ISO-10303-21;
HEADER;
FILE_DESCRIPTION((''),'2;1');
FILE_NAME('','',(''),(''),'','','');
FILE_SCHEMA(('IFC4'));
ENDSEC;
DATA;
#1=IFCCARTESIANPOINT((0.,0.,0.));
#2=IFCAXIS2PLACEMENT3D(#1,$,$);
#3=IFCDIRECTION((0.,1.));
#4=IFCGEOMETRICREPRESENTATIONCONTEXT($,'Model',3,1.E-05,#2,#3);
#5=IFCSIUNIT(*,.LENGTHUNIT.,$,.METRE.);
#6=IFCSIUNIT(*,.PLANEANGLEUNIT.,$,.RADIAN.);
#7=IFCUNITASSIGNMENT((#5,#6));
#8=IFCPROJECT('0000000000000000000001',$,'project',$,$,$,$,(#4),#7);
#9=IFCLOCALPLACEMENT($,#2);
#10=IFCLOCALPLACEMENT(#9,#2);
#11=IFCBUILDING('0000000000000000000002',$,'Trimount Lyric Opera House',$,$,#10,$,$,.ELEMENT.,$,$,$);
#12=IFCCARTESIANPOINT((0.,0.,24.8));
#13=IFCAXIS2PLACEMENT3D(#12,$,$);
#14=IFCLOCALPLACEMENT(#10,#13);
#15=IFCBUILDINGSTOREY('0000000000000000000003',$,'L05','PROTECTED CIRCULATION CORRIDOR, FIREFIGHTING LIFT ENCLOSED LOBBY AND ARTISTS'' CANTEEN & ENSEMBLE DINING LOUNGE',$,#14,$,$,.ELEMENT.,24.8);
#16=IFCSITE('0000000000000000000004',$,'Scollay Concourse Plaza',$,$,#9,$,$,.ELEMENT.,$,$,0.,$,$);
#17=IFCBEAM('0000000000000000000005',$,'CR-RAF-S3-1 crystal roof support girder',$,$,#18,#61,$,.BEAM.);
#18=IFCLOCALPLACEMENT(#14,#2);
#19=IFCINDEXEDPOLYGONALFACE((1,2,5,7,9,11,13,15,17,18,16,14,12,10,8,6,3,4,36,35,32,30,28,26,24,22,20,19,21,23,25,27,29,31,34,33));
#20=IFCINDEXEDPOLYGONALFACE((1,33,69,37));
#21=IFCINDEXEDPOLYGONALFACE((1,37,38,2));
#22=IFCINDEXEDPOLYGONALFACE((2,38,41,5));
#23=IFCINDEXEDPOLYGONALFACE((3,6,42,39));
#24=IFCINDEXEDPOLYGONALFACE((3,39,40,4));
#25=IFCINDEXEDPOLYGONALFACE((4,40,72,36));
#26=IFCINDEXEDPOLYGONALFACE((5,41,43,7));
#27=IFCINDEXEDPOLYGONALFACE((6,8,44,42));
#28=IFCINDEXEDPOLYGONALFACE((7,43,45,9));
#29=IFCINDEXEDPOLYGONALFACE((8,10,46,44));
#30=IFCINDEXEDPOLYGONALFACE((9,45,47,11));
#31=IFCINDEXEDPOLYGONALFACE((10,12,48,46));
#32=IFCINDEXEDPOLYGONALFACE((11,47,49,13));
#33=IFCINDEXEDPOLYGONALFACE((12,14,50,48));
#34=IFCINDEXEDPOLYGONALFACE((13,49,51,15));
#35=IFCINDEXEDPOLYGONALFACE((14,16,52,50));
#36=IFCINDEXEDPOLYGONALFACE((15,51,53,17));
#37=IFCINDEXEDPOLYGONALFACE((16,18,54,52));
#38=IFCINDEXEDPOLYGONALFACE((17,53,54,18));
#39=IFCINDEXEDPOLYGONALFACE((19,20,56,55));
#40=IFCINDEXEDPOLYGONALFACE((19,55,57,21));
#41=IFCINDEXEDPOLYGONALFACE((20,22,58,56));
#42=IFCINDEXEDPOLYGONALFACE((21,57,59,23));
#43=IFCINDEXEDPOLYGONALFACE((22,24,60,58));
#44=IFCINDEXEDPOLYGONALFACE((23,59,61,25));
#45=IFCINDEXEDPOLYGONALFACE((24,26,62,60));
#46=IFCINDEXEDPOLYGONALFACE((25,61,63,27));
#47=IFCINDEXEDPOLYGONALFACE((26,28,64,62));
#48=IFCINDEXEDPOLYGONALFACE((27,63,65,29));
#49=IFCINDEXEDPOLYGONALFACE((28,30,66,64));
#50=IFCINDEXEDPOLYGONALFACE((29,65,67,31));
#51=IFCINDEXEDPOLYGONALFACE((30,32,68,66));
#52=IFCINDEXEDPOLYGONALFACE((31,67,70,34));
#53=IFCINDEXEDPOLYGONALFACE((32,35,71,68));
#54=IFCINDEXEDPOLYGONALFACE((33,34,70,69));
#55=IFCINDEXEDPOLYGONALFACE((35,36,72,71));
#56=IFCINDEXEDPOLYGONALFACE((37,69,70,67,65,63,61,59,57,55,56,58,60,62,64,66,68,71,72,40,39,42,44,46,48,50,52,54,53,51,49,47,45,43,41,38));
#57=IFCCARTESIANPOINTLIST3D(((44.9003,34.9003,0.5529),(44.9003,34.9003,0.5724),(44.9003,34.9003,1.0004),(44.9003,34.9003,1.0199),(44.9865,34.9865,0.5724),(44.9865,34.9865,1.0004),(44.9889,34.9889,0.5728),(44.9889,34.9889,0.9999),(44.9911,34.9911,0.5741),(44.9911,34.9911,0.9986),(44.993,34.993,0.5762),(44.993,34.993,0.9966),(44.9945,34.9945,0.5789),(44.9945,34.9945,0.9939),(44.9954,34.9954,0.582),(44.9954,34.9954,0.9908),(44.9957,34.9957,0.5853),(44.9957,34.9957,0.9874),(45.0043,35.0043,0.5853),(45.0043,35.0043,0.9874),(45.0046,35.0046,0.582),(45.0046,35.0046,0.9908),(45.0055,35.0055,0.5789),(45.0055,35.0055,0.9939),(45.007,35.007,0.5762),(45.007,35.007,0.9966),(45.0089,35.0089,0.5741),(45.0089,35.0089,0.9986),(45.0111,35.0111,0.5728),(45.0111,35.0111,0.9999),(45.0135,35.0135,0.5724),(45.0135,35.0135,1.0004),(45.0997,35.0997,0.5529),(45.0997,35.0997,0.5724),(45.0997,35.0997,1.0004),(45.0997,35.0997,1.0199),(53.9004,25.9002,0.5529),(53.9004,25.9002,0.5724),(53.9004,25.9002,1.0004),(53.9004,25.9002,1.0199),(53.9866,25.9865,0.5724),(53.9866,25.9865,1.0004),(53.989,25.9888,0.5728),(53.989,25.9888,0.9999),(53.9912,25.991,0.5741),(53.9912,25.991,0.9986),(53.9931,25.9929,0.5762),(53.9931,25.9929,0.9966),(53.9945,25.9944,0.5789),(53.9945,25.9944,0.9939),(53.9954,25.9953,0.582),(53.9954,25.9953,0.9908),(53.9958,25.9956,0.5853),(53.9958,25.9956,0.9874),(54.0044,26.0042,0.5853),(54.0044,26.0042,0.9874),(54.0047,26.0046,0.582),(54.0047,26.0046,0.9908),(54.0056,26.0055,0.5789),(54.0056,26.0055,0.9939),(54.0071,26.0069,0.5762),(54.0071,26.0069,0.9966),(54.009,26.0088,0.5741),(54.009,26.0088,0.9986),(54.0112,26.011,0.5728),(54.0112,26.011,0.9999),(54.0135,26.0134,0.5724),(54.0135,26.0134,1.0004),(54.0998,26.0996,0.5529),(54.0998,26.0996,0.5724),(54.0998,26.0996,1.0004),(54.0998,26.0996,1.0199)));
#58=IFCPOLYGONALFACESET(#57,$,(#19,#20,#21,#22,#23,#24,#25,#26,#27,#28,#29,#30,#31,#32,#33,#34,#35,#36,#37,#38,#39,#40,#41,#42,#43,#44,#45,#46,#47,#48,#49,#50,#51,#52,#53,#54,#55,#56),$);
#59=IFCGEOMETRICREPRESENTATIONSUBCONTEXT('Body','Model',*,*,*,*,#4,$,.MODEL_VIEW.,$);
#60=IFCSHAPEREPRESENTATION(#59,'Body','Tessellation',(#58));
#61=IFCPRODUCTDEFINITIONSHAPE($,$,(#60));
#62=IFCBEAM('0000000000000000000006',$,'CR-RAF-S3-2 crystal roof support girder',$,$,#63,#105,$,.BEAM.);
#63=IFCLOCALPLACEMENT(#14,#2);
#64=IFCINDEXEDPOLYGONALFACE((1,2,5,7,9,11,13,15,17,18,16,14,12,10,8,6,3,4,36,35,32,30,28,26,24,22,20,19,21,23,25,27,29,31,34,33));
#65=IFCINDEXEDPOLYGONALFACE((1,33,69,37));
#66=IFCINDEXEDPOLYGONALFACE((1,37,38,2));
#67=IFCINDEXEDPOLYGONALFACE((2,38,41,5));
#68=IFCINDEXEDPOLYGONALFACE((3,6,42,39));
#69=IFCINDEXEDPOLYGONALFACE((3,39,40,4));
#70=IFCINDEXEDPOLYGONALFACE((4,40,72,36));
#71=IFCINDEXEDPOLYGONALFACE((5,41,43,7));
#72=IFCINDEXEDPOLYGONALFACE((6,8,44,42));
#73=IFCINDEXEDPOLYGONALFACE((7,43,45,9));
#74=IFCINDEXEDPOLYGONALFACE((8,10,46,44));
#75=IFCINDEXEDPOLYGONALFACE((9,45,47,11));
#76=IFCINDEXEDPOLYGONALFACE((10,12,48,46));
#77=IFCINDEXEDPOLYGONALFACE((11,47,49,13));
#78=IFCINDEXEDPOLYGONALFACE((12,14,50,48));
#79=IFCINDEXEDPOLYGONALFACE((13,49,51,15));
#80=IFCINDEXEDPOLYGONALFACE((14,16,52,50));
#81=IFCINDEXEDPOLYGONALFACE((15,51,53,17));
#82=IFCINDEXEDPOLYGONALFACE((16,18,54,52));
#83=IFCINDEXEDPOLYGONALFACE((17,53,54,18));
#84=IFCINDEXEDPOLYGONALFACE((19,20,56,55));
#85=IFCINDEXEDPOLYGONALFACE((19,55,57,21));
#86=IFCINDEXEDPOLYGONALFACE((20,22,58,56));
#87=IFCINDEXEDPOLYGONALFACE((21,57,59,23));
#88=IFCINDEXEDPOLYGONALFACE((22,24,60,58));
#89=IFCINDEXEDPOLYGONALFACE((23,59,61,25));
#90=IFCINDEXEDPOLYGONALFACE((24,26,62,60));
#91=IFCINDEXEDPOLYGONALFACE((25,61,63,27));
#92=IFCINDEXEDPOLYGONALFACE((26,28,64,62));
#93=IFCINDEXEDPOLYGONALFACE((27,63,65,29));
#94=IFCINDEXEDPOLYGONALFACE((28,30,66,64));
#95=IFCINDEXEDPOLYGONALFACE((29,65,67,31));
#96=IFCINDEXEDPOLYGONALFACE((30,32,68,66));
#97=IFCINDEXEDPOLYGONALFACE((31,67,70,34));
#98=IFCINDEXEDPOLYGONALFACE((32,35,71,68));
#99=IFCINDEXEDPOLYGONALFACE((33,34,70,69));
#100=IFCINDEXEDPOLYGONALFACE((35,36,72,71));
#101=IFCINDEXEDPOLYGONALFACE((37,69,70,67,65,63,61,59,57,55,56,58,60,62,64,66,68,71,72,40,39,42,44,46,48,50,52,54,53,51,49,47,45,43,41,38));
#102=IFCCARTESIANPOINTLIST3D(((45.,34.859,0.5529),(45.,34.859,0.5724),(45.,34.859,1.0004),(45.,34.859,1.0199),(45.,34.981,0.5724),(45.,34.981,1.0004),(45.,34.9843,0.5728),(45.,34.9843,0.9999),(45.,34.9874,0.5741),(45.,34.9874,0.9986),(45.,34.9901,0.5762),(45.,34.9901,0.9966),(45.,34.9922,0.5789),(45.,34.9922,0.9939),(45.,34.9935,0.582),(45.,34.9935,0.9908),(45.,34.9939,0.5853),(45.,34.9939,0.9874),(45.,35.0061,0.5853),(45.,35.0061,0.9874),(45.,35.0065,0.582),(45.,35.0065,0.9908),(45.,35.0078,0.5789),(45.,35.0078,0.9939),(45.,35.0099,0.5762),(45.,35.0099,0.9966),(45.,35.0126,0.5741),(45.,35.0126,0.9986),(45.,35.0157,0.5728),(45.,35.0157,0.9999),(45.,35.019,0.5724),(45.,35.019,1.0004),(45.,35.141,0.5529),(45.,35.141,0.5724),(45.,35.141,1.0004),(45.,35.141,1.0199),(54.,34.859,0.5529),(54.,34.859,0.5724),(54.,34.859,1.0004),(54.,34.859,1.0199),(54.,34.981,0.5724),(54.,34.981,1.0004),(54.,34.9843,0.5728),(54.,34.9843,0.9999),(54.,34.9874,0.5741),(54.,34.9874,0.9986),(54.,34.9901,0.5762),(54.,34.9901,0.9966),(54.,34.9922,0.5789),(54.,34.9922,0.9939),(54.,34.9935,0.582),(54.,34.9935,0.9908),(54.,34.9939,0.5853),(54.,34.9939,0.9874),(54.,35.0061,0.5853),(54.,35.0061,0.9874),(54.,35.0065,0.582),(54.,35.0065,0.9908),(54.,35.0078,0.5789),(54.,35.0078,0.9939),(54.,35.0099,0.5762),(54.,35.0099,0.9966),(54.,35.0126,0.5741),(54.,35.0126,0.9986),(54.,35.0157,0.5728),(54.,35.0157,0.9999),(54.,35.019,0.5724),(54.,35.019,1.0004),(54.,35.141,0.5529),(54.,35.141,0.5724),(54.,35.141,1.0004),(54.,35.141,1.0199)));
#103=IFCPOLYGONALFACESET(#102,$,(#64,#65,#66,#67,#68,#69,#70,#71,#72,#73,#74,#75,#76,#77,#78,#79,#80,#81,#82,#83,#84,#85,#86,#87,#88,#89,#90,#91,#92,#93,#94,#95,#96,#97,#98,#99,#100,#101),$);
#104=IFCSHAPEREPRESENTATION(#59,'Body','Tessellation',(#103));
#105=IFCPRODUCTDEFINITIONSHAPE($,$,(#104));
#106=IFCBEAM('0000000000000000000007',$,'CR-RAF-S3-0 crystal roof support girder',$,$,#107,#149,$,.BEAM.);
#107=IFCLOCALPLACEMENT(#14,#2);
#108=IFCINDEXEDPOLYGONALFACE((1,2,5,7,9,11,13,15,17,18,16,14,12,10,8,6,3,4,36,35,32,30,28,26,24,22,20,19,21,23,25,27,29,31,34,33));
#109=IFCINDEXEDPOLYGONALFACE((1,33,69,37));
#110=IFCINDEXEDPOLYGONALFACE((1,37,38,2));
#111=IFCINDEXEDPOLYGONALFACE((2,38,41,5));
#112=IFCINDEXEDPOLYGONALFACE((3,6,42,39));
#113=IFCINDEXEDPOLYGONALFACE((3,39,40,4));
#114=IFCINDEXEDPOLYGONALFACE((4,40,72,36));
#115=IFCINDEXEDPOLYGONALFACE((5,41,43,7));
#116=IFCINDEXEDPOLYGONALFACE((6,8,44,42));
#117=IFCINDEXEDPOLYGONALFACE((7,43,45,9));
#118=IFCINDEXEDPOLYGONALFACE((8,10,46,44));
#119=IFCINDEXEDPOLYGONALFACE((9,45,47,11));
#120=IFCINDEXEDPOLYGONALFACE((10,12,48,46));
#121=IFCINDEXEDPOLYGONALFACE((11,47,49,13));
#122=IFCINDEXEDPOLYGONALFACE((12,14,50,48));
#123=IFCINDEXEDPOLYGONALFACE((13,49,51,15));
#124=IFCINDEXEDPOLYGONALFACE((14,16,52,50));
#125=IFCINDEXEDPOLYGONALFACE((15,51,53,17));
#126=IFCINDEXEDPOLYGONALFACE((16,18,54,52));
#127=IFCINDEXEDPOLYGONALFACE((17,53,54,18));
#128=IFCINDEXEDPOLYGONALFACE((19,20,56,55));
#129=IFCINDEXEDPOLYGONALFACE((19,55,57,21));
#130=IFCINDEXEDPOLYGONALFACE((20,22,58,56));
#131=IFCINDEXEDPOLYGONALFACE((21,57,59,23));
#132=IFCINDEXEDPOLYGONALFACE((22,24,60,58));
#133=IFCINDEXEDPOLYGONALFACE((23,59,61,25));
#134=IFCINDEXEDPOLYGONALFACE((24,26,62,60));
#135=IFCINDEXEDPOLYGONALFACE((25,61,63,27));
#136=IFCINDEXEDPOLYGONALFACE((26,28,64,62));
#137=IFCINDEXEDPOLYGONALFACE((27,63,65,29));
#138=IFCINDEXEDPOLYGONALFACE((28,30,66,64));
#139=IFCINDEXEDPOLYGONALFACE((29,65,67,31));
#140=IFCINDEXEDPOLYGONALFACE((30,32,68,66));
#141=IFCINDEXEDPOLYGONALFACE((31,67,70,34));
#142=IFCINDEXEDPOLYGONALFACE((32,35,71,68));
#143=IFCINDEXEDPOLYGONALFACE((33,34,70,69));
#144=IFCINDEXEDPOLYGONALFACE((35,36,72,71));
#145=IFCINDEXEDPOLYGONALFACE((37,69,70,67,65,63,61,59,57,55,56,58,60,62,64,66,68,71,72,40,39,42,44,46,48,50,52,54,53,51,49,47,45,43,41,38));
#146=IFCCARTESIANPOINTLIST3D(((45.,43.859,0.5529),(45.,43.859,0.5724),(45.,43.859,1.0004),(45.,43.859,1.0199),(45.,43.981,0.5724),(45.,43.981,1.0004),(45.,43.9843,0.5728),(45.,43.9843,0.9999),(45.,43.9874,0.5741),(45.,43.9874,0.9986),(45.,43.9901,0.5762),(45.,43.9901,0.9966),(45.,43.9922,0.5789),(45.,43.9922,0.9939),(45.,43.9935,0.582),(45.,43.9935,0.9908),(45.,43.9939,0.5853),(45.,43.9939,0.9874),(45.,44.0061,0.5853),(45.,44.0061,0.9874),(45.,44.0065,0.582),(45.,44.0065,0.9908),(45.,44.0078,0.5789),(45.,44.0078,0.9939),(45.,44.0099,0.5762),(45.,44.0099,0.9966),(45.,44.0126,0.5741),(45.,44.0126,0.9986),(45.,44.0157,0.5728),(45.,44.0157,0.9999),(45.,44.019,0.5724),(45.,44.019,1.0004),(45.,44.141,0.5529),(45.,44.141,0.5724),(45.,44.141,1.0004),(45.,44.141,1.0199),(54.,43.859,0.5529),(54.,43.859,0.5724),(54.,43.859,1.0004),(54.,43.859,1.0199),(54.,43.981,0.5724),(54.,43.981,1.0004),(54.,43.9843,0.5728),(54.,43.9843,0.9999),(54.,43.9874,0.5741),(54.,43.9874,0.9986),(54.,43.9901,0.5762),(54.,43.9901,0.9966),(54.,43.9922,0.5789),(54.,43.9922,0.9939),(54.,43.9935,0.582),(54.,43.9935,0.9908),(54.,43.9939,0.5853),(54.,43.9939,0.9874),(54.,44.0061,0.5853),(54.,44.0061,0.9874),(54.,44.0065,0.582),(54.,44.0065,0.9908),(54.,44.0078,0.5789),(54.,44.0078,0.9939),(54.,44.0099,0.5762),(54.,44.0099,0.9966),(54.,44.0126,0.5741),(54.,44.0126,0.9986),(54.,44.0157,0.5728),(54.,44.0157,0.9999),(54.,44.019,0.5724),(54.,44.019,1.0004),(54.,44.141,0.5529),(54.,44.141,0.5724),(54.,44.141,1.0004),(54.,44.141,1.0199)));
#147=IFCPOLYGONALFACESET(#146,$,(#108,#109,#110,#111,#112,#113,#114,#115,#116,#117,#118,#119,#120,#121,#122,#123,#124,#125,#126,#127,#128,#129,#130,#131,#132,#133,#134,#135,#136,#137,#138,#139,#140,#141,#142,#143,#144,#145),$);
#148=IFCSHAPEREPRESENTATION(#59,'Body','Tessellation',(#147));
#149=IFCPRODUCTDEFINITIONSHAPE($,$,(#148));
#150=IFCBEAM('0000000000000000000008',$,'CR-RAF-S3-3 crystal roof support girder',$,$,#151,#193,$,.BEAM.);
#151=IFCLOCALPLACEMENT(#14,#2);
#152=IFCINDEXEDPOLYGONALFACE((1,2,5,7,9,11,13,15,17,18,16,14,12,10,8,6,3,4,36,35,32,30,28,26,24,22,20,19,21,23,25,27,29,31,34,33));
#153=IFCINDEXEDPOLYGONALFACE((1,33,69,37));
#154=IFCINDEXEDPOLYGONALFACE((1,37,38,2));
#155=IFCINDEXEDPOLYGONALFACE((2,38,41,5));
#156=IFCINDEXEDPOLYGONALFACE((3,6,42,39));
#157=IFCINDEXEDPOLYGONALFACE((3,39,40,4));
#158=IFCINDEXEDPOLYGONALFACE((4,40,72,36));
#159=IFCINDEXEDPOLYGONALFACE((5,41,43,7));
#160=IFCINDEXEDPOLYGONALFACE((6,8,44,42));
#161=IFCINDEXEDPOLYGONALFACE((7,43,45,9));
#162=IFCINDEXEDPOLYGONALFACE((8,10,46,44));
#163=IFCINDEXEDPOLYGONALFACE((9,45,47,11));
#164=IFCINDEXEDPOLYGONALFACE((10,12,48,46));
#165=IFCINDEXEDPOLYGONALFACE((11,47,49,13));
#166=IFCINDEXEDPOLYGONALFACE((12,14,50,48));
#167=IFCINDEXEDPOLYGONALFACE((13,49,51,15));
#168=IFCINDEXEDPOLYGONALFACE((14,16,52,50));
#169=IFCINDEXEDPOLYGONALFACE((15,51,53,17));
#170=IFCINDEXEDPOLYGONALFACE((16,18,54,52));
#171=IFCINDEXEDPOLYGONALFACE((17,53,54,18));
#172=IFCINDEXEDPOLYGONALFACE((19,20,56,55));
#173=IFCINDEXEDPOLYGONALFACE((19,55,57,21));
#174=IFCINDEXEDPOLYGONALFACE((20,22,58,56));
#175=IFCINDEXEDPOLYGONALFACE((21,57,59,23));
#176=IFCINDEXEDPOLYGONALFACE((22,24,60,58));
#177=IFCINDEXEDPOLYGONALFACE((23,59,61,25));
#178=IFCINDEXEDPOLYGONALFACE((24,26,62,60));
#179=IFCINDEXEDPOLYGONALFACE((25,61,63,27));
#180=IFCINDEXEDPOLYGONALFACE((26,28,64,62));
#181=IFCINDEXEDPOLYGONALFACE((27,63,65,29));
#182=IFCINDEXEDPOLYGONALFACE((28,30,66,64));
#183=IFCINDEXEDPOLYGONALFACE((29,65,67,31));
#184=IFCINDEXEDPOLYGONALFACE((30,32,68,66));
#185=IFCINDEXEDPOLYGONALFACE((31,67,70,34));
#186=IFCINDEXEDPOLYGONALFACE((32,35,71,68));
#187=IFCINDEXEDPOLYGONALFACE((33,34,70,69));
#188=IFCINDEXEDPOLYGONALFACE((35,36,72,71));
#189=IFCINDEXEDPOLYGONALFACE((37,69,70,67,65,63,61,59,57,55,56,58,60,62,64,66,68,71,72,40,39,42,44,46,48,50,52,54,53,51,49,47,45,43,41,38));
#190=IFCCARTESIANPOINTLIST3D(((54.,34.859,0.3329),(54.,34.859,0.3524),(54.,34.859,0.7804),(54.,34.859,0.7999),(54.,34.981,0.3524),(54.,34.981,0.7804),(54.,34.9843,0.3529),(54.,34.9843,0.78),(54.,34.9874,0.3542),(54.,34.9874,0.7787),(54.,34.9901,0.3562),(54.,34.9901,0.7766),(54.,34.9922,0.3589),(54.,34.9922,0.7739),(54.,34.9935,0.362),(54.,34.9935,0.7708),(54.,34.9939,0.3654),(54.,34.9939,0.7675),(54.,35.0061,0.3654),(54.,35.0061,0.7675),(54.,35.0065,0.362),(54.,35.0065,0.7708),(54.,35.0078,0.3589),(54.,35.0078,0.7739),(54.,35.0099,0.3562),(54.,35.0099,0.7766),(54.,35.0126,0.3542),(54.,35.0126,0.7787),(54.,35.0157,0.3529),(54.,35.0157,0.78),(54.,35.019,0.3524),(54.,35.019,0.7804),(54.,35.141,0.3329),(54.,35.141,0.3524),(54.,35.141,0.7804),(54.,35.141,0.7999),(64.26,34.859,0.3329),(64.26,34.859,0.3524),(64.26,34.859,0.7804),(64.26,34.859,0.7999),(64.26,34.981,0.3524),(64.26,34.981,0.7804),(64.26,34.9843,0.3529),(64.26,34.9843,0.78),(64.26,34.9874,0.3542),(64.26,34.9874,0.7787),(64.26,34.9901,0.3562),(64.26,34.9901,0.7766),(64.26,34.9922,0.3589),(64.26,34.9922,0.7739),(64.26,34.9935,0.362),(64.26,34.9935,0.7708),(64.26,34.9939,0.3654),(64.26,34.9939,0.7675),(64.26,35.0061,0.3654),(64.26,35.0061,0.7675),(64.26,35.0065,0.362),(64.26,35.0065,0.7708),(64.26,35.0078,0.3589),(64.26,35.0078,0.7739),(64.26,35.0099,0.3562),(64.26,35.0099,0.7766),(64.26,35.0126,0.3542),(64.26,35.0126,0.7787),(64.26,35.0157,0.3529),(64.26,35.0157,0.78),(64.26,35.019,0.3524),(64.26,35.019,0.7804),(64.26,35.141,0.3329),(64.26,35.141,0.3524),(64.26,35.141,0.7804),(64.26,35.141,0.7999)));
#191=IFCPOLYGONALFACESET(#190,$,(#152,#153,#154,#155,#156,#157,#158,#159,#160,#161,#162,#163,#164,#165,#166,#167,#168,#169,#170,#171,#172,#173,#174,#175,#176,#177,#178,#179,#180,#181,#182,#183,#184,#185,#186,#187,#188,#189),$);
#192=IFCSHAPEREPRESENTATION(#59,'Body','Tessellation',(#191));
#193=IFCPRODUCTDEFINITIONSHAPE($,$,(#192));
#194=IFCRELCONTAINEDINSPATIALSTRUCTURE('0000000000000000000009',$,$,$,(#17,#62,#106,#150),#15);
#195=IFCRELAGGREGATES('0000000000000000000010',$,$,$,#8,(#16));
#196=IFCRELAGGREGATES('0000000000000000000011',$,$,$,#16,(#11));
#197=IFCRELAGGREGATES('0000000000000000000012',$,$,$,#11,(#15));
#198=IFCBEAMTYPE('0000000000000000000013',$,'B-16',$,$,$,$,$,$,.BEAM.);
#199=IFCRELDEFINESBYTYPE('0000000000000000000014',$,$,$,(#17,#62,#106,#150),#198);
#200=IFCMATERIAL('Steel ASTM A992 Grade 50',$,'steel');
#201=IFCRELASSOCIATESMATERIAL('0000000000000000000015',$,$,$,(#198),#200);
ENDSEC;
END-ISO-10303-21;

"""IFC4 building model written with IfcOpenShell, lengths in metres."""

from ifc_helpers import new_model, si_unit, direction, frame, origin, origin_2d, place, context, subcontext, project, spatial, i_section, extrude, material, material_profile, profile_set, type_object, element, save


model = new_model("IFC4")

# Units and contexts
model_context = context("Model", 3, precision=1e-05, world=origin(), true_north=direction((0.0, 1.0)))
body_context = subcontext(model_context, "Body", "Model", "MODEL_VIEW")
ifc_project = project(units=[si_unit("LENGTHUNIT", "METRE"), si_unit("PLANEANGLEUNIT", "RADIAN")], contexts=[model_context])

# Site, building, storey
site_placement = place(None, origin())
site = spatial("IfcSite", under=ifc_project, at=site_placement, Name="Scollay Concourse Plaza", CompositionType="ELEMENT", RefElevation=0.0)
building_placement = place(site_placement, origin())
building = spatial("IfcBuilding", under=site, at=building_placement, Name="Trimount Lyric Opera House", CompositionType="ELEMENT")
storey_placement = place(building_placement, frame((0.0, 0.0, 24.8)))
storey = spatial("IfcBuildingStorey", under=building, at=storey_placement, Name="L05", Description="PROTECTED CIRCULATION CORRIDOR, FIREFIGHTING LIFT ENCLOSED LOBBY AND ARTISTS' CANTEEN & ENSEMBLE DINING LOUNGE", CompositionType="ELEMENT", Elevation=24.8)

# Beams
ifc_material_1 = material(Name="Steel ASTM A992 Grade 50", Category="steel")
ifc_material_profile_1 = material_profile(ifc_material_1, i_section(OverallWidth=0.282, OverallDepth=0.467, WebThickness=0.0122, FlangeThickness=0.0195, FilletRadius=0.0129, at=origin_2d()), Name="W18X86")
ifc_profile_set_1 = profile_set([ifc_material_profile_1], Name="Steel ASTM A992 Grade 50")
beam_type_1 = type_object("IfcBeamType", Name="B-16", PredefinedType="BEAM", material=ifc_profile_set_1)
beam_1_placement = place(storey_placement, frame((45.0, 35.0, 0.7864), z_axis=(0.707107, -0.707107, 0.0), x_axis=(0.707107, 0.707107, 0.0)))
element("IfcBeam", 1, at=beam_1_placement, inside=storey, type_object=beam_type_1, Name="CR-RAF-S3-1 crystal roof support girder", PredefinedType="BEAM", context=body_context, shape_type="SweptSolid", body=[
    extrude(i_section(OverallWidth=0.282, OverallDepth=0.467, WebThickness=0.0122, FlangeThickness=0.0195, FilletRadius=0.0129, at=origin_2d()), origin(), (0.0, 0.0, 1.0), 12.728),
])
for number, where, z_axis, x_axis, name in (
    (2, (45.0, 35.0, 0.7864), (1.0, 0.0, 0.0), (0.0, 1.0, 0.0), "CR-RAF-S3-2 crystal roof support girder"),
    (3, (45.0, 44.0, 0.7864), (1.0, 0.0, 0.0), (0.0, 1.0, 0.0), "CR-RAF-S3-0 crystal roof support girder"),
):
    element("IfcBeam", number, at=place(storey_placement, frame(where, z_axis=z_axis, x_axis=x_axis)), inside=storey, type_object=beam_type_1, Name=name, PredefinedType="BEAM", context=body_context, shape_type="SweptSolid", body=[
        extrude(i_section(OverallWidth=0.282, OverallDepth=0.467, WebThickness=0.0122, FlangeThickness=0.0195, FilletRadius=0.0129, at=origin_2d()), origin(), (0.0, 0.0, 1.0), 9.0),
    ])
for number, where, z_axis, x_axis, name in (
    (4, (54.0, 35.0, 0.5664), (1.0, 0.0, 0.0), (0.0, 1.0, 0.0), "CR-RAF-S3-3 crystal roof support girder"),
):
    element("IfcBeam", number, at=place(storey_placement, frame(where, z_axis=z_axis, x_axis=x_axis)), inside=storey, type_object=beam_type_1, Name=name, PredefinedType="BEAM", context=body_context, shape_type="SweptSolid", body=[
        extrude(i_section(OverallWidth=0.282, OverallDepth=0.467, WebThickness=0.0122, FlangeThickness=0.0195, FilletRadius=0.0129, at=origin_2d()), origin(), (0.0, 0.0, 1.0), 10.26),
    ])

save(model, "model.ifc")
